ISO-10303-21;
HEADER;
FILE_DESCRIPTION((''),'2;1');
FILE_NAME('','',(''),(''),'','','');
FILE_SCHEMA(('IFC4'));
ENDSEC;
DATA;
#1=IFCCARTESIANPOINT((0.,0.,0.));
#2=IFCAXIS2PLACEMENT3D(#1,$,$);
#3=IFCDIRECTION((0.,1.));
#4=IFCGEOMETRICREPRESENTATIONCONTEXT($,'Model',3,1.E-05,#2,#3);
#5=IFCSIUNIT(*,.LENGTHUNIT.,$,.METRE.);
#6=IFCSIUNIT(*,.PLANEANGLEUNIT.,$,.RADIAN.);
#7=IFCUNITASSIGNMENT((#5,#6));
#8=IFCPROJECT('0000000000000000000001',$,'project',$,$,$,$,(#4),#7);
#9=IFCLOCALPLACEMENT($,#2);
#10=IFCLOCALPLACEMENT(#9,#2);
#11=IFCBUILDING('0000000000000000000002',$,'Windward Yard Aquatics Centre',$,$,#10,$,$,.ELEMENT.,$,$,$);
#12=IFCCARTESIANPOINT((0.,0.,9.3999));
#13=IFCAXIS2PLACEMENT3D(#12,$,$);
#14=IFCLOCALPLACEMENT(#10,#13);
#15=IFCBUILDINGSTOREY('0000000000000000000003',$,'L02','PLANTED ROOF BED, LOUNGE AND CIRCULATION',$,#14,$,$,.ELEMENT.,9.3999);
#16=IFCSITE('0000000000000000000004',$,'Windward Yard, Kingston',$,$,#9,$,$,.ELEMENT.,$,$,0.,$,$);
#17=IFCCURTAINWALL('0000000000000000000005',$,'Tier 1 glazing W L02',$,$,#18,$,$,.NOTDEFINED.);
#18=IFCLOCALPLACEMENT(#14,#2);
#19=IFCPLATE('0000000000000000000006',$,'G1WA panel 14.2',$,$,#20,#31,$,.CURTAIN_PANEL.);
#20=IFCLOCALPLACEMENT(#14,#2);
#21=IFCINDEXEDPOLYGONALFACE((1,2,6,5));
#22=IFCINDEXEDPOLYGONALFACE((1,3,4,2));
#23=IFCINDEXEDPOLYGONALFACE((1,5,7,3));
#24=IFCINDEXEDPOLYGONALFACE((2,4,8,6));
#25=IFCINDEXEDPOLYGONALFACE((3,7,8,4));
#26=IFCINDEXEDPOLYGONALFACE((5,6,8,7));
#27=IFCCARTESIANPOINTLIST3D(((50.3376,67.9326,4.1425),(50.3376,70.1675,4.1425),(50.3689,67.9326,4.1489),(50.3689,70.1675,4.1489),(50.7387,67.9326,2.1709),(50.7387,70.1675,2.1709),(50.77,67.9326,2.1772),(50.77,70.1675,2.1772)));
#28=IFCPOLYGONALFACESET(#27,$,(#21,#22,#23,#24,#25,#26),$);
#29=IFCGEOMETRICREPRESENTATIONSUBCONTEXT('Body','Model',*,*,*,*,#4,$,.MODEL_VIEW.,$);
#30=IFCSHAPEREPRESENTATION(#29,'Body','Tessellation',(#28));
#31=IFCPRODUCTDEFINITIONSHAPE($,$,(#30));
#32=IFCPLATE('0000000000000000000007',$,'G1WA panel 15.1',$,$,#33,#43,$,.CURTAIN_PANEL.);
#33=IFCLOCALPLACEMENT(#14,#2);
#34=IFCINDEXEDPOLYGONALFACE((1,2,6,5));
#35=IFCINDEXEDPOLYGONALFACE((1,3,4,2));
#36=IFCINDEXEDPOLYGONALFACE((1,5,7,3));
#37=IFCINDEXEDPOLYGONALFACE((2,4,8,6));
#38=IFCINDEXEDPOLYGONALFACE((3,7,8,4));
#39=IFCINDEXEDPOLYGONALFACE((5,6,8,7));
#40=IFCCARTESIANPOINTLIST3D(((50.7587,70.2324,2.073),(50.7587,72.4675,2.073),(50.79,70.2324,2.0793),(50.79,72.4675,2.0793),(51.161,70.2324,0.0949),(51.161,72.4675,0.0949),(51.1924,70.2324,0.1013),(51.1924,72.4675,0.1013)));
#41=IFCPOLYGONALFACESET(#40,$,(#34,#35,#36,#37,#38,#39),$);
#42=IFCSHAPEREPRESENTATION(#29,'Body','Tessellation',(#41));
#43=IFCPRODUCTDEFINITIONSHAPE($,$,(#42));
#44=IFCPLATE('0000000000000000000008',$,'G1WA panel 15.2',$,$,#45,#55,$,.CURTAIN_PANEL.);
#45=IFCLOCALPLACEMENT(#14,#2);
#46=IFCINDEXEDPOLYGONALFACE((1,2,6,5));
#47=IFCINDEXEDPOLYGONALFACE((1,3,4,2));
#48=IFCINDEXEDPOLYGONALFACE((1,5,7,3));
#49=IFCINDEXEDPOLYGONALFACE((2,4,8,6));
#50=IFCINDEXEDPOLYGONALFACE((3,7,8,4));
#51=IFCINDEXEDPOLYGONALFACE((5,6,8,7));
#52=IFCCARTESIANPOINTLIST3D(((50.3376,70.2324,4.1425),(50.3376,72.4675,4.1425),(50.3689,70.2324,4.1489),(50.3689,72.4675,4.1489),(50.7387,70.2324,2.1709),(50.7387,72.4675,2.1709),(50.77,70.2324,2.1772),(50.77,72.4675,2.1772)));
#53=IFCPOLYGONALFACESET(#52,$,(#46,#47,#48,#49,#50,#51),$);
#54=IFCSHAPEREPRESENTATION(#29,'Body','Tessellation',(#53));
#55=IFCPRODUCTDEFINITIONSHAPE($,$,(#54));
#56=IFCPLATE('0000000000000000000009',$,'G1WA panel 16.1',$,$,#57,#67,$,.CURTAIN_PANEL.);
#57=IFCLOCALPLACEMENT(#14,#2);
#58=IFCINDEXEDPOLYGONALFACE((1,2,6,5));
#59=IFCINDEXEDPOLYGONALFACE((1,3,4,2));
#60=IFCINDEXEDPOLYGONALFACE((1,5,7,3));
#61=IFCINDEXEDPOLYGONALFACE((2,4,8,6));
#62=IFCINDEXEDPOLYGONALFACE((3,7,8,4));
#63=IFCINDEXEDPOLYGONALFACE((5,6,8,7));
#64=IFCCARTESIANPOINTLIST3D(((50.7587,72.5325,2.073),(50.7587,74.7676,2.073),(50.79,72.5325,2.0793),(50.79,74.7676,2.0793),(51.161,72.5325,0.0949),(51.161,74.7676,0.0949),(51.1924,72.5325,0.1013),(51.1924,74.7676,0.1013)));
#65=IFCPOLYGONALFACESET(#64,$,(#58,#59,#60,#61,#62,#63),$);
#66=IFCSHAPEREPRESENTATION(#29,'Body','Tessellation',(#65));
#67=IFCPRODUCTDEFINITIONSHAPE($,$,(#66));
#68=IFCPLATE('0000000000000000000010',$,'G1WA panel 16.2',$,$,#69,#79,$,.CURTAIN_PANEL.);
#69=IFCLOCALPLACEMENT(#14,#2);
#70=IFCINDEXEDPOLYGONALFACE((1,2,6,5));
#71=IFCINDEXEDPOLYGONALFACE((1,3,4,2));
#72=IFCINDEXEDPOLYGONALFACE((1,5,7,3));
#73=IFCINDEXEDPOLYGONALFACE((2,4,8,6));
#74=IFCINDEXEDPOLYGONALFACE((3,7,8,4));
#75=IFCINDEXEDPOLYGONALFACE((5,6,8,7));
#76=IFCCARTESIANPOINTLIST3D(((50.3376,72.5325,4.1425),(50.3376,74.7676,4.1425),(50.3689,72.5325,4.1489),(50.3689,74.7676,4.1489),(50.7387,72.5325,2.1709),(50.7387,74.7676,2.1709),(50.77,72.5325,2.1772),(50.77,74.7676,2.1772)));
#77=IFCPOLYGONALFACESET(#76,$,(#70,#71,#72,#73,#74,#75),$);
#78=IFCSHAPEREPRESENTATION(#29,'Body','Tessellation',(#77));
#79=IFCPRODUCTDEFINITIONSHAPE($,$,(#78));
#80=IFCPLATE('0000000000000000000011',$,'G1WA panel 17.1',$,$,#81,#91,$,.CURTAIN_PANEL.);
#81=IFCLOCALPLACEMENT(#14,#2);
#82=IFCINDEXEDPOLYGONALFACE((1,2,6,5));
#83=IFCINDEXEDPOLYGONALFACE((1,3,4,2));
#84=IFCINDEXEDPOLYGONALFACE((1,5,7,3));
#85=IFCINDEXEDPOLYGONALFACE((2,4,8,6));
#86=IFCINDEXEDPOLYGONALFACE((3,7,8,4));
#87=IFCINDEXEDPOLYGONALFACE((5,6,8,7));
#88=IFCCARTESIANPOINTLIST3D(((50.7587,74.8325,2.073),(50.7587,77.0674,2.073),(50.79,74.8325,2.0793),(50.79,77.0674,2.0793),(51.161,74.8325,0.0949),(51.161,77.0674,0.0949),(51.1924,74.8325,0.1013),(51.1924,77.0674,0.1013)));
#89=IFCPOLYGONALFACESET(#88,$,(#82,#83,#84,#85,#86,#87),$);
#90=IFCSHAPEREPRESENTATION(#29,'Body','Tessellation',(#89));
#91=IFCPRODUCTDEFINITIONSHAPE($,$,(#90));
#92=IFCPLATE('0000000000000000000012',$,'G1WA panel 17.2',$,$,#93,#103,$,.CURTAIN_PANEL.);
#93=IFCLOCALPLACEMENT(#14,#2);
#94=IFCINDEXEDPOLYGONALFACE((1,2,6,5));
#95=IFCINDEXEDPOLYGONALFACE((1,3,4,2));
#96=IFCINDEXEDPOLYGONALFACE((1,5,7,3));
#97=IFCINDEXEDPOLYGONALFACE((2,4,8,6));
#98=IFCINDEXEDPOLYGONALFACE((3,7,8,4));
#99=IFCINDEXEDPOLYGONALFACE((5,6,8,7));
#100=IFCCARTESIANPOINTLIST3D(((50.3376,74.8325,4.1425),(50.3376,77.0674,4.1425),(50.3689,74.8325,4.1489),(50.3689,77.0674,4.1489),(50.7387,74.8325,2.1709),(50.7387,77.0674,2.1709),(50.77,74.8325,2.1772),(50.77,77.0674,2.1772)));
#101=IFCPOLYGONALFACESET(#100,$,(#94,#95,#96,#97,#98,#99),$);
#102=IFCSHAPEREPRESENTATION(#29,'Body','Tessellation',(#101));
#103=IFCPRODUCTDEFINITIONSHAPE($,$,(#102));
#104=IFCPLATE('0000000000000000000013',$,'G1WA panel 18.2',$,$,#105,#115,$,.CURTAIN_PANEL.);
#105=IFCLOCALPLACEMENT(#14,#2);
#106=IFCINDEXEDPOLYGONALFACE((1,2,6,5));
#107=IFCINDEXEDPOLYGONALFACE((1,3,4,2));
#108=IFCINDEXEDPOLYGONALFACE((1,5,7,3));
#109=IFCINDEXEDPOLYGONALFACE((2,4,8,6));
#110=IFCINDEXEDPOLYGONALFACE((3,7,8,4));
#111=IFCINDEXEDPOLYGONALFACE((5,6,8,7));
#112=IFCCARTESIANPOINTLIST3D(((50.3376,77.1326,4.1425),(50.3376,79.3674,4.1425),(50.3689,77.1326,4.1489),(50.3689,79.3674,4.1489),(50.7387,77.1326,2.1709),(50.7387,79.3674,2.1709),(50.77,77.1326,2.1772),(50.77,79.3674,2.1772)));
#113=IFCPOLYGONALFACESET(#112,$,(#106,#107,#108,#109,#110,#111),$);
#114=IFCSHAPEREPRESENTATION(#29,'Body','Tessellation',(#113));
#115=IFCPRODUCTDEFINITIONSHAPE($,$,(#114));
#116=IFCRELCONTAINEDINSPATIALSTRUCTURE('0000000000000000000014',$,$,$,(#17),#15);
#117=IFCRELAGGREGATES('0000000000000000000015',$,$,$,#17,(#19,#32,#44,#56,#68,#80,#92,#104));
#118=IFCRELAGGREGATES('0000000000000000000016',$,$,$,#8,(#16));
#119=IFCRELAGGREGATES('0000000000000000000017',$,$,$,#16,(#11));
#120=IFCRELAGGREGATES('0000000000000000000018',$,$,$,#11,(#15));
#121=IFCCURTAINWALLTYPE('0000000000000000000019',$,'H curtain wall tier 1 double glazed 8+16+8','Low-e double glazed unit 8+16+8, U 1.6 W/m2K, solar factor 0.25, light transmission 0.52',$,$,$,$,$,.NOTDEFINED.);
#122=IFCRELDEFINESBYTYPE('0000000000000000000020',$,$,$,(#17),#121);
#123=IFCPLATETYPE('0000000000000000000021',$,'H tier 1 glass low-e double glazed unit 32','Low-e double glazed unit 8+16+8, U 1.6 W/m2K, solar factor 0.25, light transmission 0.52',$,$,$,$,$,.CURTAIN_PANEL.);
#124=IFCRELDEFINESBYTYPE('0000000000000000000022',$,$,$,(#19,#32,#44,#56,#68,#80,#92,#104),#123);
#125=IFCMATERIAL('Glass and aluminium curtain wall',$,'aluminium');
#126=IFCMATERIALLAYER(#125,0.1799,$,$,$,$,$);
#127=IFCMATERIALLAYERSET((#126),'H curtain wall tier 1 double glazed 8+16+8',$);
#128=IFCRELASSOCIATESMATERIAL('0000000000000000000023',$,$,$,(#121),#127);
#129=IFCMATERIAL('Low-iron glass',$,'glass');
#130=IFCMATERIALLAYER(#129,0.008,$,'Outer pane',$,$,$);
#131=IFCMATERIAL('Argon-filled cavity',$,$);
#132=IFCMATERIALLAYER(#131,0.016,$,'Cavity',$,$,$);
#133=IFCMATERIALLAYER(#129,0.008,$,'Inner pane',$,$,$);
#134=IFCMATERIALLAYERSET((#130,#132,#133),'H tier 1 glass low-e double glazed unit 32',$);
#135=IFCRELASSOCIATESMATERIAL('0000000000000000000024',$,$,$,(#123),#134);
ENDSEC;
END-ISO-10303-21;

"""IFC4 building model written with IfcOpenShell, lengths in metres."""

from ifc_helpers import new_model, si_unit, direction, frame, origin, place, context, subcontext, project, spatial, polyline, outline, extrude, material, layer, layer_set, type_object, element, aggregate, save


model = new_model("IFC4")

# Units and contexts
model_context = context("Model", 3, precision=1e-05, world=origin(), true_north=direction((0.0, 1.0)))
body_context = subcontext(model_context, "Body", "Model", "MODEL_VIEW")
ifc_project = project(units=[si_unit("LENGTHUNIT", "METRE"), si_unit("PLANEANGLEUNIT", "RADIAN")], contexts=[model_context])

# Site, building, storey
site_placement = place(None, origin())
site = spatial("IfcSite", under=ifc_project, at=site_placement, Name="Windward Yard, Kingston", CompositionType="ELEMENT", RefElevation=0.0)
building_placement = place(site_placement, origin())
building = spatial("IfcBuilding", under=site, at=building_placement, Name="Windward Yard Aquatics Centre", CompositionType="ELEMENT")
storey_placement = place(building_placement, frame((0.0, 0.0, 9.3999)))
storey = spatial("IfcBuildingStorey", under=building, at=storey_placement, Name="L02", Description="PLANTED ROOF BED, LOUNGE AND CIRCULATION", CompositionType="ELEMENT", Elevation=9.3999)

# Curtain wall, plates
ifc_material_1 = material(Name="Glass and aluminium curtain wall", Category="aluminium")
ifc_layer_1 = layer(ifc_material_1, 0.1799)
ifc_layer_set_1 = layer_set([ifc_layer_1], Name="H curtain wall tier 1 double glazed 8+16+8")
curtain_wall_type = type_object("IfcCurtainWallType", Name="H curtain wall tier 1 double glazed 8+16+8", Description="Low-e double glazed unit 8+16+8, U 1.6 W/m2K, solar factor 0.25, light transmission 0.52", PredefinedType="NOTDEFINED", material=ifc_layer_set_1)
curtain_wall_placement = place(storey_placement, origin())
curtain_wall = element("IfcCurtainWall", 1, at=curtain_wall_placement, inside=storey, type_object=curtain_wall_type, Name="Tier 1 glazing W L02", PredefinedType="NOTDEFINED")
ifc_material_2 = material(Name="Low-iron glass", Category="glass")
ifc_layer_2 = layer(ifc_material_2, 0.008, Name="Outer pane")
ifc_material_3 = material(Name="Argon-filled cavity")
ifc_layer_3 = layer(ifc_material_3, 0.016, Name="Cavity")
ifc_layer_4 = layer(ifc_material_2, 0.008, Name="Inner pane")
ifc_layer_set_2 = layer_set([ifc_layer_2, ifc_layer_3, ifc_layer_4], Name="H tier 1 glass low-e double glazed unit 32")
plate_type = type_object("IfcPlateType", Name="H tier 1 glass low-e double glazed unit 32", Description="Low-e double glazed unit 8+16+8, U 1.6 W/m2K, solar factor 0.25, light transmission 0.52", PredefinedType="CURTAIN_PANEL", material=ifc_layer_set_2)
plate_1_placement = place(storey_placement, frame((50.3689, 67.9326, 4.1489), z_axis=(0.979927, 0.0, 0.199359), x_axis=(0.199359, 0.0, -0.979927)))
plate_1 = element("IfcPlate", 2, at=plate_1_placement, type_object=plate_type, Name="G1WA panel 14.2", PredefinedType="CURTAIN_PANEL", context=body_context, shape_type="SweptSolid", body=[
    extrude(outline(polyline([(0.0, 0.0), (2.0121, 0.0), (2.0121, 2.2349), (0.0, 2.2349), (0.0, 0.0)])), origin(), (0.0, 0.0, -1.0), 0.032),
])
plate_2_placement = place(storey_placement, frame((50.79, 70.2324, 2.0793), z_axis=(0.979933, 0.0, 0.199325), x_axis=(0.199325, 0.0, -0.979933)))
plate_2 = element("IfcPlate", 3, at=plate_2_placement, type_object=plate_type, Name="G1WA panel 15.1", PredefinedType="CURTAIN_PANEL", context=body_context, shape_type="SweptSolid", body=[
    extrude(outline(polyline([(0.0, 0.0), (2.0185, 0.0), (2.0185, 2.2351), (0.0, 2.2351), (0.0, 0.0)])), origin(), (0.0, 0.0, -1.0), 0.032),
])
plate_3_placement = place(storey_placement, frame((50.3689, 70.2324, 4.1489), z_axis=(0.979927, 0.0, 0.199359), x_axis=(0.199359, 0.0, -0.979927)))
plate_3 = element("IfcPlate", 4, at=plate_3_placement, type_object=plate_type, Name="G1WA panel 15.2", PredefinedType="CURTAIN_PANEL", context=body_context, shape_type="SweptSolid", body=[
    extrude(outline(polyline([(0.0, 0.0), (2.0121, 0.0), (2.0121, 2.2351), (0.0, 2.2351), (0.0, 0.0)])), origin(), (0.0, 0.0, -1.0), 0.032),
])
plate_4_placement = place(storey_placement, frame((50.79, 72.5325, 2.0793), z_axis=(0.979933, 0.0, 0.199325), x_axis=(0.199325, 0.0, -0.979933)))
plate_4 = element("IfcPlate", 5, at=plate_4_placement, type_object=plate_type, Name="G1WA panel 16.1", PredefinedType="CURTAIN_PANEL", context=body_context, shape_type="SweptSolid", body=[
    extrude(outline(polyline([(0.0, 0.0), (2.0185, 0.0), (2.0185, 2.2351), (0.0, 2.2351), (0.0, 0.0)])), origin(), (0.0, 0.0, -1.0), 0.032),
])
plate_5_placement = place(storey_placement, frame((50.3689, 72.5325, 4.1489), z_axis=(0.979927, 0.0, 0.199359), x_axis=(0.199359, 0.0, -0.979927)))
plate_5 = element("IfcPlate", 6, at=plate_5_placement, type_object=plate_type, Name="G1WA panel 16.2", PredefinedType="CURTAIN_PANEL", context=body_context, shape_type="SweptSolid", body=[
    extrude(outline(polyline([(0.0, 0.0), (2.0121, 0.0), (2.0121, 2.2351), (0.0, 2.2351), (0.0, 0.0)])), origin(), (0.0, 0.0, -1.0), 0.032),
])
plate_6_placement = place(storey_placement, frame((50.79, 74.8325, 2.0793), z_axis=(0.979933, 0.0, 0.199325), x_axis=(0.199325, 0.0, -0.979933)))
plate_6 = element("IfcPlate", 7, at=plate_6_placement, type_object=plate_type, Name="G1WA panel 17.1", PredefinedType="CURTAIN_PANEL", context=body_context, shape_type="SweptSolid", body=[
    extrude(outline(polyline([(0.0, 0.0), (2.0185, 0.0), (2.0185, 2.2349), (0.0, 2.2349), (0.0, 0.0)])), origin(), (0.0, 0.0, -1.0), 0.032),
])
plate_7_placement = place(storey_placement, frame((50.3689, 74.8325, 4.1489), z_axis=(0.979927, 0.0, 0.199359), x_axis=(0.199359, 0.0, -0.979927)))
plate_7 = element("IfcPlate", 8, at=plate_7_placement, type_object=plate_type, Name="G1WA panel 17.2", PredefinedType="CURTAIN_PANEL", context=body_context, shape_type="SweptSolid", body=[
    extrude(outline(polyline([(0.0, 0.0), (2.0121, 0.0), (2.0121, 2.2349), (0.0, 2.2349), (0.0, 0.0)])), origin(), (0.0, 0.0, -1.0), 0.032),
])
plate_8_placement = place(storey_placement, frame((50.3689, 77.1326, 4.1489), z_axis=(0.979927, 0.0, 0.199359), x_axis=(0.199359, 0.0, -0.979927)))
plate_8 = element("IfcPlate", 9, at=plate_8_placement, type_object=plate_type, Name="G1WA panel 18.2", PredefinedType="CURTAIN_PANEL", context=body_context, shape_type="SweptSolid", body=[
    extrude(outline(polyline([(0.0, 0.0), (2.0121, 0.0), (2.0121, 2.2349), (0.0, 2.2349), (0.0, 0.0)])), origin(), (0.0, 0.0, -1.0), 0.032),
])
aggregate(curtain_wall, [plate_1, plate_2, plate_3, plate_4, plate_5, plate_6, plate_7, plate_8])

save(model, "model.ifc")
